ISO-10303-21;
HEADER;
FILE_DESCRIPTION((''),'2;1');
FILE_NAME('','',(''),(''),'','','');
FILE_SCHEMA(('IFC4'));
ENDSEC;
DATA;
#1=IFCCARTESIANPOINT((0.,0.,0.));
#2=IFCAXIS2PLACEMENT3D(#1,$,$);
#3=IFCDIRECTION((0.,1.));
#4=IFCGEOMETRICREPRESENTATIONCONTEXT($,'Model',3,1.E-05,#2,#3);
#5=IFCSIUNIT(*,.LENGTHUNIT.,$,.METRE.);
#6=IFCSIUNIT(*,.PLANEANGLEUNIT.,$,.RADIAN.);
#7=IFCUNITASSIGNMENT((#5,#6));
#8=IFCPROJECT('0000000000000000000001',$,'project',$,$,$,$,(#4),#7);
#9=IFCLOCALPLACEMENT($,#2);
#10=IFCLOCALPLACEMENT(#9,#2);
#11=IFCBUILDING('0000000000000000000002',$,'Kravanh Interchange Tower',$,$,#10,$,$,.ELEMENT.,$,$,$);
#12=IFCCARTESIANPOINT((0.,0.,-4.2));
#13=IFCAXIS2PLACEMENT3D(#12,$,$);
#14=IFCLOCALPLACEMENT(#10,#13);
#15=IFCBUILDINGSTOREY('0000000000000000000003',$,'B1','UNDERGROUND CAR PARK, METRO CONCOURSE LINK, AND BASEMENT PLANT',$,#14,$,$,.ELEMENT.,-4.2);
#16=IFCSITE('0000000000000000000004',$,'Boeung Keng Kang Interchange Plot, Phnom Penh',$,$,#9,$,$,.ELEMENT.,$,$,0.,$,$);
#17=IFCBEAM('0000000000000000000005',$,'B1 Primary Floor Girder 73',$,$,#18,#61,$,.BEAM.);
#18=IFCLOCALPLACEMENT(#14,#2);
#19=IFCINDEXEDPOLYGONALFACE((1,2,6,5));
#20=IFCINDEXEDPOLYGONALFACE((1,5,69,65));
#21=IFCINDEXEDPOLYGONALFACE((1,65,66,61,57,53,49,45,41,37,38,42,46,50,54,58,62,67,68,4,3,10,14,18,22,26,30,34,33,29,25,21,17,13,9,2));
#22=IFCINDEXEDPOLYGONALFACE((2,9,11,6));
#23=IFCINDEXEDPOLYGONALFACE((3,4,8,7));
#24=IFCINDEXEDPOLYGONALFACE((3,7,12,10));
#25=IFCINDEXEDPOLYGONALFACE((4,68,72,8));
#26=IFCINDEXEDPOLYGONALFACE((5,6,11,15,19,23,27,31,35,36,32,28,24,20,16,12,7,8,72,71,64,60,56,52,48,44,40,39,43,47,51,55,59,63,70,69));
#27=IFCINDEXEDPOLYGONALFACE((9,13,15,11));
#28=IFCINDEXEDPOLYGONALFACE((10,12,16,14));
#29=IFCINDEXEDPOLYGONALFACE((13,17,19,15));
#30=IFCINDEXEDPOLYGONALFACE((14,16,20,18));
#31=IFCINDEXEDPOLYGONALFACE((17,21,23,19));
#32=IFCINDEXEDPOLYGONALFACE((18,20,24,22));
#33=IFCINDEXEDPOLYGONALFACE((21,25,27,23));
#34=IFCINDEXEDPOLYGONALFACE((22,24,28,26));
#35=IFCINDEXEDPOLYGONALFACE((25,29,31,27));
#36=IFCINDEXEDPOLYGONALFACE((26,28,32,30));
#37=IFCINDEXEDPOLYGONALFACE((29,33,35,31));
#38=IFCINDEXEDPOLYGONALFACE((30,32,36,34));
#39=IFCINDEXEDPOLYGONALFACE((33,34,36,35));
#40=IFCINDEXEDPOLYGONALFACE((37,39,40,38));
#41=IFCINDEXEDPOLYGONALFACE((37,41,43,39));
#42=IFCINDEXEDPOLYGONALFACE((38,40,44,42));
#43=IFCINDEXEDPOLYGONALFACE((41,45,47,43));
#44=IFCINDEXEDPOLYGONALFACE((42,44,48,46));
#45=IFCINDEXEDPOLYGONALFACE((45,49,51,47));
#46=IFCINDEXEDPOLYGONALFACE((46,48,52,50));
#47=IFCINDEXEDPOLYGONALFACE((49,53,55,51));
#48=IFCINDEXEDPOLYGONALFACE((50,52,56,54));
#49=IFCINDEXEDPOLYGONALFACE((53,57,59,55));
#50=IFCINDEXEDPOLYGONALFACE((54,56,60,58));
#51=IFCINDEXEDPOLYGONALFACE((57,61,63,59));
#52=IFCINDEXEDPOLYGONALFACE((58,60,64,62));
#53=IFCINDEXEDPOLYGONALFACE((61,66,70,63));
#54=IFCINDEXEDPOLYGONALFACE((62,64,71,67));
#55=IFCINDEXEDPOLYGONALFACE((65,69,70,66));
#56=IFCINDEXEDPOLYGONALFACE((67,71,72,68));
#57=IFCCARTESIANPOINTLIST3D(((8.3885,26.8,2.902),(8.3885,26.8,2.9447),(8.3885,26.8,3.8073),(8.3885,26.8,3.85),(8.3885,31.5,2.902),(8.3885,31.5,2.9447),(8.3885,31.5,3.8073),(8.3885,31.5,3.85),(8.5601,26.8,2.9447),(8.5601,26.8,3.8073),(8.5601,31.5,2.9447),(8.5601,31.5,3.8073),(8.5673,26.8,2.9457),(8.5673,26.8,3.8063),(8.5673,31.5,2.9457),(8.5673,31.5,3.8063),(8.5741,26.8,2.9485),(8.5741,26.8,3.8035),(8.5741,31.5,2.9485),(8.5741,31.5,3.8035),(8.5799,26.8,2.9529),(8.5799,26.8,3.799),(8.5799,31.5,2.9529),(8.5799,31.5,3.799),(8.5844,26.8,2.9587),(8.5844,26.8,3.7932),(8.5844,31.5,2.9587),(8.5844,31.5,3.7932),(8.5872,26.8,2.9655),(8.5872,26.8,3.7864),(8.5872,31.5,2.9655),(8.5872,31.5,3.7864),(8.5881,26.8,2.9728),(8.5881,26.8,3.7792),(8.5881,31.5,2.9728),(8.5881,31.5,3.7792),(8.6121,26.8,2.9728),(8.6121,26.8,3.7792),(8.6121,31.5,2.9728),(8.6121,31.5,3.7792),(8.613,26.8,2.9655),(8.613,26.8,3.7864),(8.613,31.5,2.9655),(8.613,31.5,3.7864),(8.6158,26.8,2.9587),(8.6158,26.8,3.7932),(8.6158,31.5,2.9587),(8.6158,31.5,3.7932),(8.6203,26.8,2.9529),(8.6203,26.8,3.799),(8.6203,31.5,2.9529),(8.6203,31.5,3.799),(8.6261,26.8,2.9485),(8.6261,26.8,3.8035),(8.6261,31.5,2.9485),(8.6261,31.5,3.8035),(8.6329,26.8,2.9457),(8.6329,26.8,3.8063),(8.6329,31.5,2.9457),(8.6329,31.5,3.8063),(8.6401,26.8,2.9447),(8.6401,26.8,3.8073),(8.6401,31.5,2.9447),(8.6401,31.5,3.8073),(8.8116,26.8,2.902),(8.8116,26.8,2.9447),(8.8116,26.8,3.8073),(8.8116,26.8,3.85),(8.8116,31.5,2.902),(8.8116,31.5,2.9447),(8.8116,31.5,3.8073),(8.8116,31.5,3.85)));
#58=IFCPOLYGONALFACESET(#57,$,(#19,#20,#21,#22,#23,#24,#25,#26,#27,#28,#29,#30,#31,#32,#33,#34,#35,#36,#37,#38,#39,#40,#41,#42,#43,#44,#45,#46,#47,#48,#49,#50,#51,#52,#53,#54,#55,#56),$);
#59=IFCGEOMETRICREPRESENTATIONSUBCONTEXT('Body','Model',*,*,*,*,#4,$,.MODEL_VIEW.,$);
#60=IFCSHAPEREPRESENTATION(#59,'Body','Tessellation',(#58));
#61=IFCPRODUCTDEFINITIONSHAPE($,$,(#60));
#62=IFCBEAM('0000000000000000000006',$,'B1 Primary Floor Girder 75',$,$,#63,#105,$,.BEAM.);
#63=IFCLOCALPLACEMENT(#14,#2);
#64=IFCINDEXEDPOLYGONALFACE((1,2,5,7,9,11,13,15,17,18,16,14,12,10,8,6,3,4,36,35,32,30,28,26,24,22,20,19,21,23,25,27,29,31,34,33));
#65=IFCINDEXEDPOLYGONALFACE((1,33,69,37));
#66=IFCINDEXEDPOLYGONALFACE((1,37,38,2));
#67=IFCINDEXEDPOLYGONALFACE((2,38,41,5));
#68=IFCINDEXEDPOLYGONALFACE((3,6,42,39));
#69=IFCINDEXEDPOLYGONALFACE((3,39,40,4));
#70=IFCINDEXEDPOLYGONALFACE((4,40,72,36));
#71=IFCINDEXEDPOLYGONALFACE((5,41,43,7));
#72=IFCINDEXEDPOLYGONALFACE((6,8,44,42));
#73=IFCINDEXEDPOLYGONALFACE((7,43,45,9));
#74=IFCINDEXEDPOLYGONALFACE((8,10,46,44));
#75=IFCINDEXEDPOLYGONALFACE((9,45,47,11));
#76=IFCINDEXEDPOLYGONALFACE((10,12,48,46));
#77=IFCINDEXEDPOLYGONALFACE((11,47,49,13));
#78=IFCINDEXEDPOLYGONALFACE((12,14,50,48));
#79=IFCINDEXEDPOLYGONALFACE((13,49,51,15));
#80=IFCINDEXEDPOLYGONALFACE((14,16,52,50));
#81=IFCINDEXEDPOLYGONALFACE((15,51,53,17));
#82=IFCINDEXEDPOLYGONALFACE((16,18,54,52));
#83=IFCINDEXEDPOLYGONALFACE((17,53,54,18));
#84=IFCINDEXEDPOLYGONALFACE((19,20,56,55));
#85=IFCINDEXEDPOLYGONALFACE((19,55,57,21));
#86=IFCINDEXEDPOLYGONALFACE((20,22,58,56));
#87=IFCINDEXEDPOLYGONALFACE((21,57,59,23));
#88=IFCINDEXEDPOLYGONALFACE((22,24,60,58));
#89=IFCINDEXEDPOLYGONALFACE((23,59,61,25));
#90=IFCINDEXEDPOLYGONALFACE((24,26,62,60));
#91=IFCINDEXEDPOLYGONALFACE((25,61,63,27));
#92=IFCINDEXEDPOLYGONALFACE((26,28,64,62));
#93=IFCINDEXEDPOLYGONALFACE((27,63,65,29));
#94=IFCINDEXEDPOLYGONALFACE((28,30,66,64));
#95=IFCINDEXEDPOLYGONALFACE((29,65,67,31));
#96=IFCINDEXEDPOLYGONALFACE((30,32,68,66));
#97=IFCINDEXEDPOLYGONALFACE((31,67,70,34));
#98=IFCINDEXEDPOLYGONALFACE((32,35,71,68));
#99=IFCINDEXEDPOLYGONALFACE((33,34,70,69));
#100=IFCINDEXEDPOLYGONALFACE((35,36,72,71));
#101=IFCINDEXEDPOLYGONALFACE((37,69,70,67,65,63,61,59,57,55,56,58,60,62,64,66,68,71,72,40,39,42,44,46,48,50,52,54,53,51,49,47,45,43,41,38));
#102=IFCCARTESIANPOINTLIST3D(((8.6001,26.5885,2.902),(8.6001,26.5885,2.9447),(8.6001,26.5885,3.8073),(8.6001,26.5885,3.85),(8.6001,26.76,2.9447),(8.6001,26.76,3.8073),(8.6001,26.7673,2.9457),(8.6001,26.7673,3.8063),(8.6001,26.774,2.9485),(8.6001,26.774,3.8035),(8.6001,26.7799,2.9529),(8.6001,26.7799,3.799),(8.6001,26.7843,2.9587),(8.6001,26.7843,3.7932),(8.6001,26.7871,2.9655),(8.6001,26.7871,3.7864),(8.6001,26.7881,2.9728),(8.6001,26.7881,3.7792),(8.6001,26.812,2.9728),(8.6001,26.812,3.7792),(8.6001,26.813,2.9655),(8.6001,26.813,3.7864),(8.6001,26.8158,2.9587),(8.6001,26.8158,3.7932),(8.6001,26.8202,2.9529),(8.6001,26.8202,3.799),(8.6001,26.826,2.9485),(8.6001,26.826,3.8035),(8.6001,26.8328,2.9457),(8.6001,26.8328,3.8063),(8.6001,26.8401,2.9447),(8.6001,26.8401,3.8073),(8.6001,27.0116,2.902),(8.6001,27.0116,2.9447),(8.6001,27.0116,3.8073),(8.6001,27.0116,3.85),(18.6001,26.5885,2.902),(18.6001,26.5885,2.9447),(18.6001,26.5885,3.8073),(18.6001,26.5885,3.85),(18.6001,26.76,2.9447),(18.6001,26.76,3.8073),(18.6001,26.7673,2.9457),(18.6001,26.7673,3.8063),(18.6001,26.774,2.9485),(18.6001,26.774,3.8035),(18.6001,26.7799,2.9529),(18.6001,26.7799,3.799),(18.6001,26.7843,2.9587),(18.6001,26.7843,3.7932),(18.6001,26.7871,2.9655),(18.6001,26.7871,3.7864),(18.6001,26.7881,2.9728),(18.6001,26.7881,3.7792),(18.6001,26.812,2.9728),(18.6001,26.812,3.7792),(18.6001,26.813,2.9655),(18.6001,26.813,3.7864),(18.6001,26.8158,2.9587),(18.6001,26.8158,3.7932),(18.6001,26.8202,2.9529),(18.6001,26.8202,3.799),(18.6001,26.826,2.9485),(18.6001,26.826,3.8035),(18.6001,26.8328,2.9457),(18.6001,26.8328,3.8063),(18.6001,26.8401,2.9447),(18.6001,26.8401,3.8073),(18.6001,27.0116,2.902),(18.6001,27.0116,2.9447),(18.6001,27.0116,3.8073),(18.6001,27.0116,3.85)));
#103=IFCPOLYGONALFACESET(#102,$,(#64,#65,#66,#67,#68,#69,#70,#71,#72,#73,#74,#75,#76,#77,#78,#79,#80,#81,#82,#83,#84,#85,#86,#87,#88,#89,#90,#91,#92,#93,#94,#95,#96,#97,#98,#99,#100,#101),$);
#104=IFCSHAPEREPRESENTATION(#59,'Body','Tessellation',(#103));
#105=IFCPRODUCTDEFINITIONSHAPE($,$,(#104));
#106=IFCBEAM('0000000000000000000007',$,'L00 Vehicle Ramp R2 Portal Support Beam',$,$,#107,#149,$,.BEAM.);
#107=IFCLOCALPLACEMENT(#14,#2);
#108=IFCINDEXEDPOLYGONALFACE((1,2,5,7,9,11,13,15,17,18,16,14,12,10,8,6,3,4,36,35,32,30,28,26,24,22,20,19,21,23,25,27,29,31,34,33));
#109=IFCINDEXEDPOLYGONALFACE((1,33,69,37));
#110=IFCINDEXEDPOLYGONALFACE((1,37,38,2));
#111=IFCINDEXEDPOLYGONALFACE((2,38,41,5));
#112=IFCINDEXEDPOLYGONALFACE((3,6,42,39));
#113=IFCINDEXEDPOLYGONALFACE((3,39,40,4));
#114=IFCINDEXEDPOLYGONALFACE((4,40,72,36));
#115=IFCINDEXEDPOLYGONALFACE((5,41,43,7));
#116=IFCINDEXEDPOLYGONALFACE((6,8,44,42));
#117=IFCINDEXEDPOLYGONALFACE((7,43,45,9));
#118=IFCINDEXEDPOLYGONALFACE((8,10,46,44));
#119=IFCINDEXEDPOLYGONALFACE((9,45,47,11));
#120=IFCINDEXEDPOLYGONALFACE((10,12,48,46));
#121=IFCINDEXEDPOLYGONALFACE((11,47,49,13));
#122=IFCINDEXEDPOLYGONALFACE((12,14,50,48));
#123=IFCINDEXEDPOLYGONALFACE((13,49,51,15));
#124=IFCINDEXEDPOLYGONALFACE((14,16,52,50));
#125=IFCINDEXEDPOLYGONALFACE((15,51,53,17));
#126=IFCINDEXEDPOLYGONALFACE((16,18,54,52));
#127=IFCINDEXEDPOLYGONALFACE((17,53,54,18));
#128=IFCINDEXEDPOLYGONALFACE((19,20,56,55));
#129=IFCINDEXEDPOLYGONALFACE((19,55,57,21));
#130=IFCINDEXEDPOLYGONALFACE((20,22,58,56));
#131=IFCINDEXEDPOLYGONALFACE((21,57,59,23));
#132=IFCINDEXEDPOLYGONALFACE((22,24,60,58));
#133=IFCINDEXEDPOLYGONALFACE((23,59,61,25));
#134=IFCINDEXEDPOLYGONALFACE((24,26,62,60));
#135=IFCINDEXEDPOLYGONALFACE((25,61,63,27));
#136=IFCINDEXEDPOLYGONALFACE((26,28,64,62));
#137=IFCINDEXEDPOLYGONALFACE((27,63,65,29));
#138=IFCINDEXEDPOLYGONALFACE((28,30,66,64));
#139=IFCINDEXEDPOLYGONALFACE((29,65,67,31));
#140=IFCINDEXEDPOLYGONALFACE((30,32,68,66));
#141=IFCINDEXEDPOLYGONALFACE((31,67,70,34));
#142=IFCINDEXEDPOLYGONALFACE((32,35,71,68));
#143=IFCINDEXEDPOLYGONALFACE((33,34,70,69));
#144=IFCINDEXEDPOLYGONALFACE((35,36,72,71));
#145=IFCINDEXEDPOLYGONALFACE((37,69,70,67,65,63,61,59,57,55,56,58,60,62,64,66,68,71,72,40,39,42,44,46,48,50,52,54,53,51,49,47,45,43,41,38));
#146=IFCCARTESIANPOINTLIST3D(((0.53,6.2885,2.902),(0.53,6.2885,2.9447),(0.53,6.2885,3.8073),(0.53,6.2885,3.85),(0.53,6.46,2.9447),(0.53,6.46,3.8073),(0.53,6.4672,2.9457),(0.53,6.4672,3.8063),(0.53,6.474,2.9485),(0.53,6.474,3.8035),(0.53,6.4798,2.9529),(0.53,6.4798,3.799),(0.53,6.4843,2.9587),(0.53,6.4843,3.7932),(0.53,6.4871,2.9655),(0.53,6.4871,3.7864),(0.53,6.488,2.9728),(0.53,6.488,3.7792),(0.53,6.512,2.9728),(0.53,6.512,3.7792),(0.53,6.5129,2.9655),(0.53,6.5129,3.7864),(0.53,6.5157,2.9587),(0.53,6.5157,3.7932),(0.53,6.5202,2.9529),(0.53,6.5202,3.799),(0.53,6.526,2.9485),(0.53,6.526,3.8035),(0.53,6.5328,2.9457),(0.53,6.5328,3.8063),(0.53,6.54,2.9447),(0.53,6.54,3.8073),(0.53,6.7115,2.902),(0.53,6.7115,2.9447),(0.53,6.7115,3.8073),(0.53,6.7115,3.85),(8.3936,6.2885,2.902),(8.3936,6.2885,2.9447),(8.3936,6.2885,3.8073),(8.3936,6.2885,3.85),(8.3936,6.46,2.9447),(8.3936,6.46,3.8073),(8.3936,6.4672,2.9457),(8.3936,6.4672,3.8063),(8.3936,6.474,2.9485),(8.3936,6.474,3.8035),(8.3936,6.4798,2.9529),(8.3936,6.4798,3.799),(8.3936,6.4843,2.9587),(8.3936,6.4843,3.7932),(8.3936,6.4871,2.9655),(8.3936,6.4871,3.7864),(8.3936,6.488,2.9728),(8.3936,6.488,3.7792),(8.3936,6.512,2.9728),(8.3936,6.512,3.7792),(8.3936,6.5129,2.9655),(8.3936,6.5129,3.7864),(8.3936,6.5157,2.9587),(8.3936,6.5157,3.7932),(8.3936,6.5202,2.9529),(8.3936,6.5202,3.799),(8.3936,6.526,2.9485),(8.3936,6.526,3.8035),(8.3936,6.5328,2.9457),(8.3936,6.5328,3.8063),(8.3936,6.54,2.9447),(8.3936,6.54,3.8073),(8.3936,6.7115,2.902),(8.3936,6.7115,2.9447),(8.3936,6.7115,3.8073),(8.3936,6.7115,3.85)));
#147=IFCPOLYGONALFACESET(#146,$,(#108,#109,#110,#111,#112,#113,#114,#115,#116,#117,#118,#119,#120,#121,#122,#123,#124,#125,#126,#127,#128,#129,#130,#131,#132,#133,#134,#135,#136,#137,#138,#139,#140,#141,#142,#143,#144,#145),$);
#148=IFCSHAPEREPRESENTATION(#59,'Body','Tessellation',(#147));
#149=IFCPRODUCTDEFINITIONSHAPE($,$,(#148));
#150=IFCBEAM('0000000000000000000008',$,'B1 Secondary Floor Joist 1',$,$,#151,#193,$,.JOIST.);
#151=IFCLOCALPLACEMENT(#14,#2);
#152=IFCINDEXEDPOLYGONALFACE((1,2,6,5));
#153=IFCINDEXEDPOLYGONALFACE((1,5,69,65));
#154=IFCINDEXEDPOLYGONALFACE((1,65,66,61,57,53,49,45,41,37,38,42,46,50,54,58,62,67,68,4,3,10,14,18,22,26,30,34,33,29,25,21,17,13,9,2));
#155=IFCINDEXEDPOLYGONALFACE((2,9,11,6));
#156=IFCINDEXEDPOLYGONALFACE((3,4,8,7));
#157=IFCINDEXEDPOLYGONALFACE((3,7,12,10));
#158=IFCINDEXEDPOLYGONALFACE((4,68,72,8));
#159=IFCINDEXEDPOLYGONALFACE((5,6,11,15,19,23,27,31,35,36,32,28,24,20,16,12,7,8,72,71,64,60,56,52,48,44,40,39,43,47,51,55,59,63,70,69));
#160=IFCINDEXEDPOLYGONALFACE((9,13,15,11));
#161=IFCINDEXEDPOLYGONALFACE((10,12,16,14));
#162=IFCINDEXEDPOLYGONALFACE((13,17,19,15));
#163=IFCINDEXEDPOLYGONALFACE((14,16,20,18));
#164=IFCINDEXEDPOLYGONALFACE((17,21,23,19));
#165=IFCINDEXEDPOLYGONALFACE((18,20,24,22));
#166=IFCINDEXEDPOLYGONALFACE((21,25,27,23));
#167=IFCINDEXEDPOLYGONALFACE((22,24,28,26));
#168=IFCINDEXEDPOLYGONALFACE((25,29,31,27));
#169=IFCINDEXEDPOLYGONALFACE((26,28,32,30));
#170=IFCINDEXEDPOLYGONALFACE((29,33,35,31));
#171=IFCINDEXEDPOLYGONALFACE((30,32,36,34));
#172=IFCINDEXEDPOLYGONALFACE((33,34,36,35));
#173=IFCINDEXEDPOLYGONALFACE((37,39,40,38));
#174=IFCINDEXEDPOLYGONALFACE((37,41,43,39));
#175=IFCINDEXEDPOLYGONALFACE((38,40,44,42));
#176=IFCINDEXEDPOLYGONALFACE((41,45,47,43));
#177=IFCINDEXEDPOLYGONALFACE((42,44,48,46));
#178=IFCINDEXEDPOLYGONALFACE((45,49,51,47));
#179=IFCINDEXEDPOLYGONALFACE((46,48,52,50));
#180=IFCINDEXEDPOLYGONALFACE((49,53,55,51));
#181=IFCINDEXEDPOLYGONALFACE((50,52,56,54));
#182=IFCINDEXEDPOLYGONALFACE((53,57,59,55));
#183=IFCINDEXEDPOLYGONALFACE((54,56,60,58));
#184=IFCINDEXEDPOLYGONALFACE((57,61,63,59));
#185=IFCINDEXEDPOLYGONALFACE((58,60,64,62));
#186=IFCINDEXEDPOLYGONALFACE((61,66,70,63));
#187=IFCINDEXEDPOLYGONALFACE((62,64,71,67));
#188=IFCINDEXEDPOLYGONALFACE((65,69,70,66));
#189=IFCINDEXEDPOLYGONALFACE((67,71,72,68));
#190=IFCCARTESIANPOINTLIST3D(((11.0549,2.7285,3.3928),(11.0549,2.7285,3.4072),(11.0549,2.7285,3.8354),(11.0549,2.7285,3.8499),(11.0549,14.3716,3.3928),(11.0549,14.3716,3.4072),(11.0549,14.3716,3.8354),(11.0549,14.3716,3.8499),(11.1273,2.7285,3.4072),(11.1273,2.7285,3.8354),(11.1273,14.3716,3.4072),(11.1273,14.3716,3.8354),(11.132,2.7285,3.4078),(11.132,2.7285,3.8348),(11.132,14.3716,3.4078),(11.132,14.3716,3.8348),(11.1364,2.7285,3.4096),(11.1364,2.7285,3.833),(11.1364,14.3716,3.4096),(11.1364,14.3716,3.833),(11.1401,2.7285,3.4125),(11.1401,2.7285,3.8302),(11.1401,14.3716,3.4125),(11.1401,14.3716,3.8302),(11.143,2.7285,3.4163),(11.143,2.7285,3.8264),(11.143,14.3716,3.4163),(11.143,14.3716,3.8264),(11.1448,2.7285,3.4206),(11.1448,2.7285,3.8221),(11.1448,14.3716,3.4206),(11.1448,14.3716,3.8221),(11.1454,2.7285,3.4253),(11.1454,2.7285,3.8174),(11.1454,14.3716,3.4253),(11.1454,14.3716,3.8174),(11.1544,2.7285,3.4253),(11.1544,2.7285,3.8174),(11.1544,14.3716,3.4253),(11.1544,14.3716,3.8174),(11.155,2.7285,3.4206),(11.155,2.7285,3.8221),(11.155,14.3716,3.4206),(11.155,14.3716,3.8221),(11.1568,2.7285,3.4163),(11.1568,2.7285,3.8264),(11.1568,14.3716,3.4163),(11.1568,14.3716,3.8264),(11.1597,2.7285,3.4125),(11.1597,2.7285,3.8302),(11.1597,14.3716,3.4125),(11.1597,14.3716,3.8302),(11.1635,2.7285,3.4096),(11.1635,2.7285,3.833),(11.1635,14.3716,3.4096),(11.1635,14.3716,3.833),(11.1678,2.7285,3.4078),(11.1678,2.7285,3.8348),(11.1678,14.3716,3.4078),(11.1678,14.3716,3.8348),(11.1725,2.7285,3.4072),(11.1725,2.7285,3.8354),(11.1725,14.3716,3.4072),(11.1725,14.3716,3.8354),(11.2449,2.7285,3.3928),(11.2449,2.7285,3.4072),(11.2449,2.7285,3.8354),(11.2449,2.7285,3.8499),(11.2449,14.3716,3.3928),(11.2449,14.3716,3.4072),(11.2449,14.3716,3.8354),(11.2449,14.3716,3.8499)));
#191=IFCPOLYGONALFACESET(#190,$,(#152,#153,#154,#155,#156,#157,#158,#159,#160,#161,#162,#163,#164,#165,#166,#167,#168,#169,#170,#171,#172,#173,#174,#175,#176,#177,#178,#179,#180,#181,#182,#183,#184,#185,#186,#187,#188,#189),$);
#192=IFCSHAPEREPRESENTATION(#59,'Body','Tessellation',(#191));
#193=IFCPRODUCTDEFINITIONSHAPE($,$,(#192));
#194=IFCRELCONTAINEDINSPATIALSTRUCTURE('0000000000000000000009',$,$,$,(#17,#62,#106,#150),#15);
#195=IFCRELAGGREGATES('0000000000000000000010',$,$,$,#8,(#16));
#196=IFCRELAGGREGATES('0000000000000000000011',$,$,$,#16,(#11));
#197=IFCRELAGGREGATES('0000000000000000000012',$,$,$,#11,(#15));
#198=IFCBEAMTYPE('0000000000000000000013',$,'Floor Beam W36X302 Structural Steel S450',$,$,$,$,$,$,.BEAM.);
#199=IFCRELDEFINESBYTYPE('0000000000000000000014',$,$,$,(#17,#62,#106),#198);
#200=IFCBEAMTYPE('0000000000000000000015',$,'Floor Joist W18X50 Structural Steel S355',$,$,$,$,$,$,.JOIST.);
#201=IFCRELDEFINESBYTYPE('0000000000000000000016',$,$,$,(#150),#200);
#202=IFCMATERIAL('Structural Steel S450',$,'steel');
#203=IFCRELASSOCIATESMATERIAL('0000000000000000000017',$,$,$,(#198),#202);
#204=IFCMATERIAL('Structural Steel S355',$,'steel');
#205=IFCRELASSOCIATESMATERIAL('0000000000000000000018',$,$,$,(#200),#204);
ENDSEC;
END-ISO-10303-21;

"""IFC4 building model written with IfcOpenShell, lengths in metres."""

from ifc_helpers import new_model, si_unit, direction, frame, origin, origin_2d, place, context, subcontext, project, spatial, i_section, extrude, material, material_profile, profile_set, type_object, element, save


model = new_model("IFC4")

# Units and contexts
model_context = context("Model", 3, precision=1e-05, world=origin(), true_north=direction((0.0, 1.0)))
body_context = subcontext(model_context, "Body", "Model", "MODEL_VIEW")
ifc_project = project(units=[si_unit("LENGTHUNIT", "METRE"), si_unit("PLANEANGLEUNIT", "RADIAN")], contexts=[model_context])

# Site, building, storey
site_placement = place(None, origin())
site = spatial("IfcSite", under=ifc_project, at=site_placement, Name="Boeung Keng Kang Interchange Plot, Phnom Penh", CompositionType="ELEMENT", RefElevation=0.0)
building_placement = place(site_placement, origin())
building = spatial("IfcBuilding", under=site, at=building_placement, Name="Kravanh Interchange Tower", CompositionType="ELEMENT")
storey_placement = place(building_placement, frame((0.0, 0.0, -4.2)))
storey = spatial("IfcBuildingStorey", under=building, at=storey_placement, Name="B1", Description="UNDERGROUND CAR PARK, METRO CONCOURSE LINK, AND BASEMENT PLANT", CompositionType="ELEMENT", Elevation=-4.2)

# Beams
ifc_material_1 = material(Name="Structural Steel S450", Category="steel")
ifc_material_profile_1 = material_profile(ifc_material_1, i_section(OverallWidth=0.4231, OverallDepth=0.948, WebThickness=0.0239, FlangeThickness=0.0427, FilletRadius=0.0281, at=origin_2d()), Name="W36X302")
ifc_profile_set_1 = profile_set([ifc_material_profile_1], Name="Structural Steel S450")
beam_type_1 = type_object("IfcBeamType", Name="Floor Beam W36X302 Structural Steel S450", PredefinedType="BEAM", material=ifc_profile_set_1)
beam_1_placement = place(storey_placement, frame((8.6001, 26.8, 3.376), z_axis=(0.0, 1.0, 0.0), x_axis=(-1.0, 0.0, 0.0)))
element("IfcBeam", 1, at=beam_1_placement, inside=storey, type_object=beam_type_1, Name="B1 Primary Floor Girder 73", PredefinedType="BEAM", context=body_context, shape_type="SweptSolid", body=[
    extrude(i_section(OverallWidth=0.4231, OverallDepth=0.948, WebThickness=0.0239, FlangeThickness=0.0427, FilletRadius=0.0281, at=origin_2d()), origin(), (0.0, 0.0, 1.0), 4.7),
])
beam_2_placement = place(storey_placement, frame((8.6001, 26.8, 3.376), z_axis=(1.0, 0.0, 0.0), x_axis=(0.0, 1.0, 0.0)))
element("IfcBeam", 2, at=beam_2_placement, inside=storey, type_object=beam_type_1, Name="B1 Primary Floor Girder 75", PredefinedType="BEAM", context=body_context, shape_type="SweptSolid", body=[
    extrude(i_section(OverallWidth=0.4231, OverallDepth=0.948, WebThickness=0.0239, FlangeThickness=0.0427, FilletRadius=0.0281, at=origin_2d()), origin(), (0.0, 0.0, 1.0), 10.0),
])
beam_3_placement = place(storey_placement, frame((0.53, 6.5, 3.376), z_axis=(1.0, 0.0, 0.0), x_axis=(0.0, 1.0, 0.0)))
element("IfcBeam", 3, at=beam_3_placement, inside=storey, type_object=beam_type_1, Name="L00 Vehicle Ramp R2 Portal Support Beam", PredefinedType="BEAM", context=body_context, shape_type="SweptSolid", body=[
    extrude(i_section(OverallWidth=0.4231, OverallDepth=0.948, WebThickness=0.0239, FlangeThickness=0.0427, FilletRadius=0.0281, at=origin_2d()), origin(), (0.0, 0.0, 1.0), 7.8635),
])
ifc_material_2 = material(Name="Structural Steel S355", Category="steel")
ifc_material_profile_2 = material_profile(ifc_material_2, i_section(OverallWidth=0.1899, OverallDepth=0.457, WebThickness=0.009, FlangeThickness=0.0144, FilletRadius=0.0181, at=origin_2d()), Name="W18X50")
ifc_profile_set_2 = profile_set([ifc_material_profile_2], Name="Structural Steel S355")
beam_type_2 = type_object("IfcBeamType", Name="Floor Joist W18X50 Structural Steel S355", PredefinedType="JOIST", material=ifc_profile_set_2)
for number, where, z_axis, x_axis, name in (
    (4, (11.1499, 2.7285, 3.6213), (0.0, 1.0, 0.0), (-1.0, 0.0, 0.0), "B1 Secondary Floor Joist 1"),
):
    element("IfcBeam", number, at=place(storey_placement, frame(where, z_axis=z_axis, x_axis=x_axis)), inside=storey, type_object=beam_type_2, Name=name, PredefinedType="JOIST", context=body_context, shape_type="SweptSolid", body=[
        extrude(i_section(OverallWidth=0.1899, OverallDepth=0.457, WebThickness=0.009, FlangeThickness=0.0144, FilletRadius=0.0181, at=origin_2d()), origin(), (0.0, 0.0, 1.0), 11.6431),
    ])

save(model, "model.ifc")
